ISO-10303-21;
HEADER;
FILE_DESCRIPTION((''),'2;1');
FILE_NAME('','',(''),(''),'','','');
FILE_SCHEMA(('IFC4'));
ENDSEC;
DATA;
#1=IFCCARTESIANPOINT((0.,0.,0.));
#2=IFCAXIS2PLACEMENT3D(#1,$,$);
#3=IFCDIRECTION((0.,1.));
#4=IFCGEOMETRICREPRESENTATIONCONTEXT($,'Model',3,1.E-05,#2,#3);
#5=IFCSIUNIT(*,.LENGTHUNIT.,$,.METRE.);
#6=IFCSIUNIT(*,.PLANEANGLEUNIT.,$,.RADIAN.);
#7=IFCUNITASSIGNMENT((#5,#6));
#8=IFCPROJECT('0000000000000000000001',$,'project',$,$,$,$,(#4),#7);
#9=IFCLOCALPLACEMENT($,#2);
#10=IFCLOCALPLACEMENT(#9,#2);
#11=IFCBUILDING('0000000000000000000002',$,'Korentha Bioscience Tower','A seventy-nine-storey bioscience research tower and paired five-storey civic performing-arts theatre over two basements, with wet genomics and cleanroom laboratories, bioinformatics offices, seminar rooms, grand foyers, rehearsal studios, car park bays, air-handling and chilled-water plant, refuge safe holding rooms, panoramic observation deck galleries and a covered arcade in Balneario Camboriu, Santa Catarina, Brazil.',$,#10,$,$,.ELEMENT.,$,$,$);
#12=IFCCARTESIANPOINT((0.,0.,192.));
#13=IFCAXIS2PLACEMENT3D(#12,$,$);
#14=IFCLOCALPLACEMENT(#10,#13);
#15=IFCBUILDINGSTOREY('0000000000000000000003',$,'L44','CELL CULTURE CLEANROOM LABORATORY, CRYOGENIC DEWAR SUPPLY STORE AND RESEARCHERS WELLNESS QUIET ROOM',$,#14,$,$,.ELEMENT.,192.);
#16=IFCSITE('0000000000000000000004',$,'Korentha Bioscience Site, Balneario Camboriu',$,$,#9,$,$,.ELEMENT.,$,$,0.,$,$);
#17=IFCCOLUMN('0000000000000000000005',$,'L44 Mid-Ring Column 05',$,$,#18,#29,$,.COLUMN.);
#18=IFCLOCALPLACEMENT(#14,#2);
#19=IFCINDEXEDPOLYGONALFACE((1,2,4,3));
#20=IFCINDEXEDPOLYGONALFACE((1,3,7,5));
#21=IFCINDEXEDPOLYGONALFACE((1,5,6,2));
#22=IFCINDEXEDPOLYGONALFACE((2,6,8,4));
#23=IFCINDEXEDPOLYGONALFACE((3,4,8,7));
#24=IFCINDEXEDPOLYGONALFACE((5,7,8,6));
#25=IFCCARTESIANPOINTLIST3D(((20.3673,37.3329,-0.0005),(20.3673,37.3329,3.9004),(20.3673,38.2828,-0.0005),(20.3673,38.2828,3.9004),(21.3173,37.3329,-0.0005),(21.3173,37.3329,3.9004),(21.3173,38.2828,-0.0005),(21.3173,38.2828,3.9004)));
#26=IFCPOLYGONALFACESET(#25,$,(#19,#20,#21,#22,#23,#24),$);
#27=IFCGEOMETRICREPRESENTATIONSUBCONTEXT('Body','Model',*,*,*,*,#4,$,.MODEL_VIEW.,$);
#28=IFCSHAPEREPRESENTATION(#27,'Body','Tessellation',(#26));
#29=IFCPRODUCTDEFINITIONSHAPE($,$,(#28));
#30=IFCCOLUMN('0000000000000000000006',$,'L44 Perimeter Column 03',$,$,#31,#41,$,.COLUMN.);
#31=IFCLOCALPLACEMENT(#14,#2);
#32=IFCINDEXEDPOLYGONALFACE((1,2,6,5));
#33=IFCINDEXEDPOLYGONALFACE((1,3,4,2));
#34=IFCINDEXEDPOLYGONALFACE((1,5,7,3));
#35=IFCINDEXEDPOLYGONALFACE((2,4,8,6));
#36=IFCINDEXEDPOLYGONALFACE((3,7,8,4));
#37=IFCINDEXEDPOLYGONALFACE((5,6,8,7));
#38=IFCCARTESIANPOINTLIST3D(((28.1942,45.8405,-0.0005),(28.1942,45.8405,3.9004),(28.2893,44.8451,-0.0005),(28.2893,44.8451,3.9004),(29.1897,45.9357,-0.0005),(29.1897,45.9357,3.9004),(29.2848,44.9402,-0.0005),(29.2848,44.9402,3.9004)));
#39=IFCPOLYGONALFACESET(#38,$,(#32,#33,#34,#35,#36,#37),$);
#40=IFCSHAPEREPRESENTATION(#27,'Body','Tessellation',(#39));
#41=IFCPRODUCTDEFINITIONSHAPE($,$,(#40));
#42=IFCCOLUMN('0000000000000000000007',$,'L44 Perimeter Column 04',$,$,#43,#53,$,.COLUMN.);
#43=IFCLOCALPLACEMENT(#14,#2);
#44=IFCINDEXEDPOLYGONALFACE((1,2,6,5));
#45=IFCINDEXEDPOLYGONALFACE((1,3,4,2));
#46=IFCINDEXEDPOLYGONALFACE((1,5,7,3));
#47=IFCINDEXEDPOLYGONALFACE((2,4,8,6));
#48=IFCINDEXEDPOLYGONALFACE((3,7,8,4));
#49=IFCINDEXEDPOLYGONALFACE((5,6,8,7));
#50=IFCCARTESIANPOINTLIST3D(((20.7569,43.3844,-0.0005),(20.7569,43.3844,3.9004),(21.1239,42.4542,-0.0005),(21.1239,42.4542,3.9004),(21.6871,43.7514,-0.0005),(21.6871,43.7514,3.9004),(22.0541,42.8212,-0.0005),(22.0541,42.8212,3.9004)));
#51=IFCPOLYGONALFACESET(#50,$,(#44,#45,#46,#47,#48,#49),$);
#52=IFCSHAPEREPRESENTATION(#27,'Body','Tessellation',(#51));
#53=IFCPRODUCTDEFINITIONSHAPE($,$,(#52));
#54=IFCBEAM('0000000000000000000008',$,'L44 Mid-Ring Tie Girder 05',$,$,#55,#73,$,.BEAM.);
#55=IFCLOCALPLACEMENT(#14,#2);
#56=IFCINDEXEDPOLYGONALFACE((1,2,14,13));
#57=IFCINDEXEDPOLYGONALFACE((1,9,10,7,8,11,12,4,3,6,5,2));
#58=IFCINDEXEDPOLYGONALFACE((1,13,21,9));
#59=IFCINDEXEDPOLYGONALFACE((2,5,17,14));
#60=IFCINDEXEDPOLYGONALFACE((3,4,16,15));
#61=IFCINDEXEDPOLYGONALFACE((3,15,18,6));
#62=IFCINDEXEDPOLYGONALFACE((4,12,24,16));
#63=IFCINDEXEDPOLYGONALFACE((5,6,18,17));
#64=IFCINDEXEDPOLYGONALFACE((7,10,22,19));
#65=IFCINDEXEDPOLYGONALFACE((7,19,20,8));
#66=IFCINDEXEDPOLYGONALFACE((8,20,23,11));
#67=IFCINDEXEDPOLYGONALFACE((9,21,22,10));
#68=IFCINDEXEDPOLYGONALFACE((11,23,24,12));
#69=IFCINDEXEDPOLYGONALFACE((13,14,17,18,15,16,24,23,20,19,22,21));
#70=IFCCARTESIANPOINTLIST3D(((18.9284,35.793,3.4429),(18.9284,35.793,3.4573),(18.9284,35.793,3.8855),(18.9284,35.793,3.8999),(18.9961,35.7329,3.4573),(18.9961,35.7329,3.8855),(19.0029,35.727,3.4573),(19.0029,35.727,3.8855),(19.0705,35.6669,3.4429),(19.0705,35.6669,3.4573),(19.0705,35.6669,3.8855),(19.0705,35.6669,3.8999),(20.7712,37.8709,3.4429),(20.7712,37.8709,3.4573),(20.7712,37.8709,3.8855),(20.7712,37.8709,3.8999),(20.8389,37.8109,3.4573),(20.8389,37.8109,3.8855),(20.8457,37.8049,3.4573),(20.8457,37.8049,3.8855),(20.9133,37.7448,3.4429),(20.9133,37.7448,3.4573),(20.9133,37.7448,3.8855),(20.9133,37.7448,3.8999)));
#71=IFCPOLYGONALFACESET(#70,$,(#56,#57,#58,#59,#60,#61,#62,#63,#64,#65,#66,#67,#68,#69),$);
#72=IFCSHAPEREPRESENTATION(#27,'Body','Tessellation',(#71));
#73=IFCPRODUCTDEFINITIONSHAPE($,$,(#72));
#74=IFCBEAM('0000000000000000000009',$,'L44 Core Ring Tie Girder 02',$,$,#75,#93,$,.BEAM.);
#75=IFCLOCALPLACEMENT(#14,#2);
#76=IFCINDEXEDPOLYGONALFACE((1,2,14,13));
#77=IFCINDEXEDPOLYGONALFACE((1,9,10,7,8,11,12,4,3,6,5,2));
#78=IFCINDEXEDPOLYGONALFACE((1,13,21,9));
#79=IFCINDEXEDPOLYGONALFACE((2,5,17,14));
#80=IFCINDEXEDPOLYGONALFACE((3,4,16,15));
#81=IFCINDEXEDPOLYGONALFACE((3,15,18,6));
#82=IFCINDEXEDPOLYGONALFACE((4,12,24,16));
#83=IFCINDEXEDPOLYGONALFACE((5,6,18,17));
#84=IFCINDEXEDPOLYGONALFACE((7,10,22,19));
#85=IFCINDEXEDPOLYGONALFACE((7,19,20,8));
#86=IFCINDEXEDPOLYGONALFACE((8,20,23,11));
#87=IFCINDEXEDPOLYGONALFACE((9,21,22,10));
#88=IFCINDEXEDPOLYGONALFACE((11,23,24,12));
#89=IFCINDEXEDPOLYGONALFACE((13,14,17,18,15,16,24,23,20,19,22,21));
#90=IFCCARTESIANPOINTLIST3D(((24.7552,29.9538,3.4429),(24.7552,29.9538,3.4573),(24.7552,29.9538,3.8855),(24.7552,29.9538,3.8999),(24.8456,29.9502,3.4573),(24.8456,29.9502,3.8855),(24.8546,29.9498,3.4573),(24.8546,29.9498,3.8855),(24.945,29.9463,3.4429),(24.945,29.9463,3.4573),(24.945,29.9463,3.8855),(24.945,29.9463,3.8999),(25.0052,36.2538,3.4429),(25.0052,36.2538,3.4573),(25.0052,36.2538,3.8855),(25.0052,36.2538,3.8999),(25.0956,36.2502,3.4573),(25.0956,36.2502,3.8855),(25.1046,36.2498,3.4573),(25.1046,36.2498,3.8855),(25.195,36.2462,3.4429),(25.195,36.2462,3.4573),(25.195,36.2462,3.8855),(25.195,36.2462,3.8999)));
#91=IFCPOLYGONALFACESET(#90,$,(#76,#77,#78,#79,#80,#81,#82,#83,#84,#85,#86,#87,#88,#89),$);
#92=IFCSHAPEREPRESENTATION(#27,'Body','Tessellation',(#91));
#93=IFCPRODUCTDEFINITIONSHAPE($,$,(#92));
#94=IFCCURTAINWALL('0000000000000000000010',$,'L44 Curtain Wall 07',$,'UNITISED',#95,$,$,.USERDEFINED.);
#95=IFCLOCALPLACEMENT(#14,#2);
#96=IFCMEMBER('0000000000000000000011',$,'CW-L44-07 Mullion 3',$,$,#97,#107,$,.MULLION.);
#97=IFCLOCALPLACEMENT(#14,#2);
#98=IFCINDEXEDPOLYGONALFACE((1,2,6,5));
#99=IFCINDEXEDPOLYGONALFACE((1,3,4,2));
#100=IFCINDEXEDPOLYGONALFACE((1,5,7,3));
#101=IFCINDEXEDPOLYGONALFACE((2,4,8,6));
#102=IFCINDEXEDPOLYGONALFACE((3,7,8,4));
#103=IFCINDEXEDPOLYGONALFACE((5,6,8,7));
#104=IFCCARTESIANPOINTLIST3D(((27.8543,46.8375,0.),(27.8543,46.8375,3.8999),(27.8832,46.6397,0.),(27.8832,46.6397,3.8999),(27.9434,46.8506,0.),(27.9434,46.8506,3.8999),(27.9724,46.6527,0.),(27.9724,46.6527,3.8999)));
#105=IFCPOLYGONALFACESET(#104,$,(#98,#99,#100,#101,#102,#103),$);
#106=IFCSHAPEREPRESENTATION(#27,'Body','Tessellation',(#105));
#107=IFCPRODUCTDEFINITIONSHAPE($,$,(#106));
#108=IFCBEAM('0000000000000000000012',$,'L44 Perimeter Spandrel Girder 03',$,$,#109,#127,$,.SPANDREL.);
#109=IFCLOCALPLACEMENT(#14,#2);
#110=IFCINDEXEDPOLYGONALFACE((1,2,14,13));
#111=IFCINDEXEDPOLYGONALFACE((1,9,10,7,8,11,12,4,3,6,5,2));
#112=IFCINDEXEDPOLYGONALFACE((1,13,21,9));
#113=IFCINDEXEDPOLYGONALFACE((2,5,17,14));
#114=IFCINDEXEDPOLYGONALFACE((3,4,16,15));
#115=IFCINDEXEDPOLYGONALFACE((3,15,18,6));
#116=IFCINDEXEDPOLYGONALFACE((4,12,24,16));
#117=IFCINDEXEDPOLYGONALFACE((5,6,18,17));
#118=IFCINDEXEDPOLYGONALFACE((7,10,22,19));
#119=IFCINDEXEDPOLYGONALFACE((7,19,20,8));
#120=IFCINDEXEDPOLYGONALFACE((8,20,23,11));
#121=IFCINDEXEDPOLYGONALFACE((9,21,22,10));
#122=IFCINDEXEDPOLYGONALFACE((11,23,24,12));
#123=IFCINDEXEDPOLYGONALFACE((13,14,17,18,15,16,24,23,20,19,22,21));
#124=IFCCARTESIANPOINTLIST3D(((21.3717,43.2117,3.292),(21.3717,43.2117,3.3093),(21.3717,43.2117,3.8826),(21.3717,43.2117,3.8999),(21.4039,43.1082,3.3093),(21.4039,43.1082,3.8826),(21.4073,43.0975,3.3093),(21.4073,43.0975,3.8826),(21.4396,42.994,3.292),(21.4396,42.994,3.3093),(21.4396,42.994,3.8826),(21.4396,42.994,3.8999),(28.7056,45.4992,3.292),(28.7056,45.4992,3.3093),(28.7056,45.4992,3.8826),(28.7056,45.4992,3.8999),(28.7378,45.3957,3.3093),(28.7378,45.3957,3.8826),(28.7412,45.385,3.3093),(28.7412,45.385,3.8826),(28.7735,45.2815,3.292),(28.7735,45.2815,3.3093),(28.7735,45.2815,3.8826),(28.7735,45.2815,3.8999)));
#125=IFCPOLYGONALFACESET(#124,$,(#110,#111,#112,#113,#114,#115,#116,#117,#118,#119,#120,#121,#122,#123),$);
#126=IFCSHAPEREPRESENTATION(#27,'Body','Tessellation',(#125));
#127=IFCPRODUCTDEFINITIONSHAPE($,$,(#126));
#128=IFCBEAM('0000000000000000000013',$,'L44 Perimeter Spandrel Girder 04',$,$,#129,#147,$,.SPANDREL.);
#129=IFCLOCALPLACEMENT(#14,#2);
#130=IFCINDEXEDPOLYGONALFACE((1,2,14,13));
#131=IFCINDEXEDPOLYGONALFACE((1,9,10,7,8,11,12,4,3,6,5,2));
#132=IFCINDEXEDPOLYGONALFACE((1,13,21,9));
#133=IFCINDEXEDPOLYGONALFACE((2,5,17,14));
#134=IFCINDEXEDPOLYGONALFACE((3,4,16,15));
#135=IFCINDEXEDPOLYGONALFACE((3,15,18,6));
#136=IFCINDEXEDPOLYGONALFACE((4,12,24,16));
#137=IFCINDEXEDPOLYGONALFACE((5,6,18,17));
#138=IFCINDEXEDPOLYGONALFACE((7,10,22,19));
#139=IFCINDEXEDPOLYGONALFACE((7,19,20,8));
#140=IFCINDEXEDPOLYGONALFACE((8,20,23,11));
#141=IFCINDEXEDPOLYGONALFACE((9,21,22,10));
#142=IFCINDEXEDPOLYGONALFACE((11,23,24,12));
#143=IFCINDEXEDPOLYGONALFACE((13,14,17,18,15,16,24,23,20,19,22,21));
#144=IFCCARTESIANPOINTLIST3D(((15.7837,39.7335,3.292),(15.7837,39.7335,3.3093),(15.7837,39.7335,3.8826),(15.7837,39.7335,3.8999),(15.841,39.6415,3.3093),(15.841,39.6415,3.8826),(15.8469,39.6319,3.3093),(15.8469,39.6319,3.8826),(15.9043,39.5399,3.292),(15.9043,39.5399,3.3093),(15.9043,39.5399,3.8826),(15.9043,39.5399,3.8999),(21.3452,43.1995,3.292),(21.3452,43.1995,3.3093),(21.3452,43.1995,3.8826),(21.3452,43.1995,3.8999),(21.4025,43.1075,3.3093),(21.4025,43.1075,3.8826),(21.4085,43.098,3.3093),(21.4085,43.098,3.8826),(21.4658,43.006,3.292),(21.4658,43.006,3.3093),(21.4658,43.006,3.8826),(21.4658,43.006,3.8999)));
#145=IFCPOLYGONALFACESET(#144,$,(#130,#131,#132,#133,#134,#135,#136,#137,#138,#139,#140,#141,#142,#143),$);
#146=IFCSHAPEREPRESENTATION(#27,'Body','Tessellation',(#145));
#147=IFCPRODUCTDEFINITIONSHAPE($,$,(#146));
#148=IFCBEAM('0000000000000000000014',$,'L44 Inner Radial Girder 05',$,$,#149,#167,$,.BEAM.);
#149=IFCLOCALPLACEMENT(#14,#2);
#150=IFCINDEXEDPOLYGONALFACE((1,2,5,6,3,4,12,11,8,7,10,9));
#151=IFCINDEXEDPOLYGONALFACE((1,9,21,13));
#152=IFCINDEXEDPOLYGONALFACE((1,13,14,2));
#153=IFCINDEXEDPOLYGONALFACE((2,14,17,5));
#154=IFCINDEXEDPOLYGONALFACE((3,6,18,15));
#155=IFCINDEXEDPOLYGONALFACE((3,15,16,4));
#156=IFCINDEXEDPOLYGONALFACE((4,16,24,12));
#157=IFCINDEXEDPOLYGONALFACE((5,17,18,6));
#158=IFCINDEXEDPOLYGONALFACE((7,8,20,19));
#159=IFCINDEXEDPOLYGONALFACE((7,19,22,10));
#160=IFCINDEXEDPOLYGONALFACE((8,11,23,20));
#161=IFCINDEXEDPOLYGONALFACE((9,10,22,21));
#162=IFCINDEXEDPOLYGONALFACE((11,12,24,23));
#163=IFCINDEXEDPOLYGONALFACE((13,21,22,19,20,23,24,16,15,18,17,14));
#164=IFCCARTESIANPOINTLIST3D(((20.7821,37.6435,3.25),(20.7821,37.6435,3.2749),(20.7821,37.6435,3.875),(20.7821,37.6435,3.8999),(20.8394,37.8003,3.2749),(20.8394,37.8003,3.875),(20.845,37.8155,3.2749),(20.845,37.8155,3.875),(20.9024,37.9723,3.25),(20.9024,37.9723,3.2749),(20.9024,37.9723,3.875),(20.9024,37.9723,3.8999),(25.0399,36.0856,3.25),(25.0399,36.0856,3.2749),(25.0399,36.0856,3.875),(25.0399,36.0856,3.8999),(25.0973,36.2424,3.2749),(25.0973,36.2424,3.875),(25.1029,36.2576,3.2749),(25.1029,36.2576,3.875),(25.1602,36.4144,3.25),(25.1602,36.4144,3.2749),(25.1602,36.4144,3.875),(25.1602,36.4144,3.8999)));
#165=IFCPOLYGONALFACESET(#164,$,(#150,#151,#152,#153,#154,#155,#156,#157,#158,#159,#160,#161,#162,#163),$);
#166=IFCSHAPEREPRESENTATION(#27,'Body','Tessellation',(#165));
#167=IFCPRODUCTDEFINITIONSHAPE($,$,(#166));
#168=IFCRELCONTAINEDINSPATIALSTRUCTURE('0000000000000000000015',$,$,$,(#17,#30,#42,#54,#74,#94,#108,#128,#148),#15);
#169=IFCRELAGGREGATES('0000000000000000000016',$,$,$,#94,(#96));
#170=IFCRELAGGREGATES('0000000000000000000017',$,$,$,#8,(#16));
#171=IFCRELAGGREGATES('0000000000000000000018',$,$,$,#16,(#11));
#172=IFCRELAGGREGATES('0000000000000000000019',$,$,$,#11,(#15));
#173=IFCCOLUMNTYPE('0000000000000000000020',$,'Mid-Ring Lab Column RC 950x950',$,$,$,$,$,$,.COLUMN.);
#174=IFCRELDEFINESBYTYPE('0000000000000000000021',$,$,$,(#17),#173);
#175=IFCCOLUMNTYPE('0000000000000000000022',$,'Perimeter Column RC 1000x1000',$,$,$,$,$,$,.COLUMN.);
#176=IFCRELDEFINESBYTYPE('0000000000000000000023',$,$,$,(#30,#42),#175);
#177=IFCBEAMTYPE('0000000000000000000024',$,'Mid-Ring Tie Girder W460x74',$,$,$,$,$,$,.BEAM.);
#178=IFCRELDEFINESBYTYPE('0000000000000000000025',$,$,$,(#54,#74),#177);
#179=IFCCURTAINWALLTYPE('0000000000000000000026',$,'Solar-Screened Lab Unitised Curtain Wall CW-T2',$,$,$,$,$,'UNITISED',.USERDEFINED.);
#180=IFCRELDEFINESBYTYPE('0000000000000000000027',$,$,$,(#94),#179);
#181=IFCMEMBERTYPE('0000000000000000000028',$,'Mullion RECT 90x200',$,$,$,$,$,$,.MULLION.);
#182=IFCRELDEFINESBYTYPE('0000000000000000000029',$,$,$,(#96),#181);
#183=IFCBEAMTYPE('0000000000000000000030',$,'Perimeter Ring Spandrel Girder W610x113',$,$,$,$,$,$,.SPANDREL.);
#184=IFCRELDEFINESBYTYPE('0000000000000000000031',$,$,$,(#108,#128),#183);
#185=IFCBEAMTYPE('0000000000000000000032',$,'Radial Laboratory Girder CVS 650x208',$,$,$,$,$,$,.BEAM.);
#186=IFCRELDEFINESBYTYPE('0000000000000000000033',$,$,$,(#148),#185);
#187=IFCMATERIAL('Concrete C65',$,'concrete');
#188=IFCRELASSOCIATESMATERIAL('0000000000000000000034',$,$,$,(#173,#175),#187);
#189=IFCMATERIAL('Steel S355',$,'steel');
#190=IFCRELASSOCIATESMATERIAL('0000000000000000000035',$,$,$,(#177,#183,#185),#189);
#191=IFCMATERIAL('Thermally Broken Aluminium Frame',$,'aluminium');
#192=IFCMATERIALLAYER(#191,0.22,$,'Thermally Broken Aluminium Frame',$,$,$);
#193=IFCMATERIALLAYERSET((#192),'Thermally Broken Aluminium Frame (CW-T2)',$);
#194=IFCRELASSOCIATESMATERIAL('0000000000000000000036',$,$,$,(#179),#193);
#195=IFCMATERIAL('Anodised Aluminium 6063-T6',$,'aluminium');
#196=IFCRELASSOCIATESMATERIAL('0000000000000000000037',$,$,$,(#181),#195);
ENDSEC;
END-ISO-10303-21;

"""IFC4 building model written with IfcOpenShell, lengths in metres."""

from ifc_helpers import new_model, si_unit, direction, frame, origin, origin_2d, place, context, subcontext, project, spatial, rectangle, i_section, extrude, material, layer, layer_set, material_profile, profile_set, type_object, element, aggregate, save


model = new_model("IFC4")

# Units and contexts
model_context = context("Model", 3, precision=1e-05, world=origin(), true_north=direction((0.0, 1.0)))
body_context = subcontext(model_context, "Body", "Model", "MODEL_VIEW")
ifc_project = project(units=[si_unit("LENGTHUNIT", "METRE"), si_unit("PLANEANGLEUNIT", "RADIAN")], contexts=[model_context])

# Site, building, storey
site_placement = place(None, origin())
site = spatial("IfcSite", under=ifc_project, at=site_placement, Name="Korentha Bioscience Site, Balneario Camboriu", CompositionType="ELEMENT", RefElevation=0.0)
building_placement = place(site_placement, origin())
building = spatial("IfcBuilding", under=site, at=building_placement, Name="Korentha Bioscience Tower", Description="A seventy-nine-storey bioscience research tower and paired five-storey civic performing-arts theatre over two basements, with wet genomics and cleanroom laboratories, bioinformatics offices, seminar rooms, grand foyers, rehearsal studios, car park bays, air-handling and chilled-water plant, refuge safe holding rooms, panoramic observation deck galleries and a covered arcade in Balneario Camboriu, Santa Catarina, Brazil.", CompositionType="ELEMENT")
storey_placement = place(building_placement, frame((0.0, 0.0, 192.0)))
storey = spatial("IfcBuildingStorey", under=building, at=storey_placement, Name="L44", Description="CELL CULTURE CLEANROOM LABORATORY, CRYOGENIC DEWAR SUPPLY STORE AND RESEARCHERS WELLNESS QUIET ROOM", CompositionType="ELEMENT", Elevation=192.0)

# Columns
ifc_material_1 = material(Name="Concrete C65", Category="concrete")
ifc_material_profile_1 = material_profile(ifc_material_1, rectangle(XDim=0.95, YDim=0.95, at=origin_2d()), Name="Concrete C65")
ifc_profile_set_1 = profile_set([ifc_material_profile_1], Name="Concrete C65 (COL-MR09)")
column_type_1 = type_object("IfcColumnType", Name="Mid-Ring Lab Column RC 950x950", PredefinedType="COLUMN", material=ifc_profile_set_1)
column_placement = place(storey_placement, frame((20.8423, 37.8079, -0.0005), z_axis=(0.0, 0.0, 1.0), x_axis=(1.0, 0.0, 0.0)))
element("IfcColumn", 1, at=column_placement, inside=storey, type_object=column_type_1, Name="L44 Mid-Ring Column 05", PredefinedType="COLUMN", context=body_context, shape_type="SweptSolid", body=[
    extrude(rectangle(XDim=0.95, YDim=0.95, at=origin_2d()), origin(), (0.0, 0.0, 1.0), 3.9009),
])
ifc_material_profile_2 = material_profile(ifc_material_1, rectangle(XDim=1.0, YDim=1.0, at=origin_2d()), Name="Concrete C65")
ifc_profile_set_2 = profile_set([ifc_material_profile_2], Name="Concrete C65 (COL-P10)")
column_type_2 = type_object("IfcColumnType", Name="Perimeter Column RC 1000x1000", PredefinedType="COLUMN", material=ifc_profile_set_2)
for number, where, z_axis, x_axis, name in (
    (2, (28.7395, 45.3904, -0.0005), (0.0, 0.0, 1.0), (0.995463, 0.095151, 0.0), "L44 Perimeter Column 03"),
    (3, (21.4055, 43.1028, -0.0005), (0.0, 0.0, 1.0), (0.930226, 0.366988, 0.0), "L44 Perimeter Column 04"),
):
    element("IfcColumn", number, at=place(storey_placement, frame(where, z_axis=z_axis, x_axis=x_axis)), inside=storey, type_object=column_type_2, Name=name, PredefinedType="COLUMN", context=body_context, shape_type="SweptSolid", body=[
        extrude(rectangle(XDim=1.0, YDim=1.0, at=origin_2d()), origin(), (0.0, 0.0, 1.0), 3.9009),
    ])

# Beams
ifc_material_2 = material(Name="Steel S355", Category="steel")
ifc_material_profile_3 = material_profile(ifc_material_2, i_section(OverallWidth=0.1899, OverallDepth=0.457, WebThickness=0.009, FlangeThickness=0.0144, at=origin_2d()), Name="Steel S355")
ifc_profile_set_3 = profile_set([ifc_material_profile_3], Name="Steel S355 (MB-460)")
beam_type_1 = type_object("IfcBeamType", Name="Mid-Ring Tie Girder W460x74", PredefinedType="BEAM", material=ifc_profile_set_3)
beam_1_placement = place(storey_placement, frame((20.8423, 37.8079, 3.6714), z_axis=(-0.663512, -0.748165, 0.0), x_axis=(0.748165, -0.663512, 0.0)))
element("IfcBeam", 4, at=beam_1_placement, inside=storey, type_object=beam_type_1, Name="L44 Mid-Ring Tie Girder 05", PredefinedType="BEAM", context=body_context, shape_type="SweptSolid", body=[
    extrude(i_section(OverallWidth=0.1899, OverallDepth=0.457, WebThickness=0.009, FlangeThickness=0.0144, at=origin_2d()), origin(), (0.0, 0.0, 1.0), 2.7773),
])
beam_2_placement = place(storey_placement, frame((25.1001, 36.25, 3.6714), z_axis=(-0.039651, -0.999214, 0.0), x_axis=(0.999214, -0.039651, 0.0)))
element("IfcBeam", 5, at=beam_2_placement, inside=storey, type_object=beam_type_1, Name="L44 Core Ring Tie Girder 02", PredefinedType="BEAM", context=body_context, shape_type="SweptSolid", body=[
    extrude(i_section(OverallWidth=0.1899, OverallDepth=0.457, WebThickness=0.009, FlangeThickness=0.0144, at=origin_2d()), origin(), (0.0, 0.0, 1.0), 6.3049),
])

# Curtain wall, member
ifc_material_3 = material(Name="Thermally Broken Aluminium Frame", Category="aluminium")
ifc_layer_1 = layer(ifc_material_3, 0.22, Name="Thermally Broken Aluminium Frame")
ifc_layer_set_1 = layer_set([ifc_layer_1], Name="Thermally Broken Aluminium Frame (CW-T2)")
curtain_wall_type = type_object("IfcCurtainWallType", Name="Solar-Screened Lab Unitised Curtain Wall CW-T2", ElementType="UNITISED", PredefinedType="USERDEFINED", material=ifc_layer_set_1)
curtain_wall_placement = place(storey_placement, origin())
curtain_wall = element("IfcCurtainWall", 6, at=curtain_wall_placement, inside=storey, type_object=curtain_wall_type, Name="L44 Curtain Wall 07", ObjectType="UNITISED", PredefinedType="USERDEFINED")
ifc_material_4 = material(Name="Anodised Aluminium 6063-T6", Category="aluminium")
ifc_material_profile_4 = material_profile(ifc_material_4, rectangle(XDim=0.0901, YDim=0.2, at=origin_2d()), Name="Anodised Aluminium 6063-T6")
ifc_profile_set_4 = profile_set([ifc_material_profile_4], Name="Anodised Aluminium 6063-T6 (CW-MUL)")
member_type_1 = type_object("IfcMemberType", Name="Mullion RECT 90x200", PredefinedType="MULLION", material=ifc_profile_set_4)
member_1_placement = place(storey_placement, frame((27.9133, 46.7451, 0.0), z_axis=(0.0, 0.0, 1.0), x_axis=(-0.989462, -0.144793, 0.0)))
member_1 = element("IfcMember", 7, at=member_1_placement, type_object=member_type_1, Name="CW-L44-07 Mullion 3", PredefinedType="MULLION", context=body_context, shape_type="SweptSolid", body=[
    extrude(rectangle(XDim=0.0901, YDim=0.2, at=origin_2d()), origin(), (0.0, 0.0, 1.0), 3.8999),
])

# Beams
ifc_material_profile_5 = material_profile(ifc_material_2, i_section(OverallWidth=0.228, OverallDepth=0.6079, WebThickness=0.0112, FlangeThickness=0.0173, at=origin_2d()), Name="Steel S355")
ifc_profile_set_5 = profile_set([ifc_material_profile_5], Name="Steel S355 (SB-610)")
beam_type_2 = type_object("IfcBeamType", Name="Perimeter Ring Spandrel Girder W610x113", PredefinedType="SPANDREL", material=ifc_profile_set_5)
beam_3_placement = place(storey_placement, frame((28.7395, 45.3904, 3.5959), z_axis=(-0.954638, -0.297768, 0.0), x_axis=(0.297768, -0.954638, 0.0)))
element("IfcBeam", 8, at=beam_3_placement, inside=storey, type_object=beam_type_2, Name="L44 Perimeter Spandrel Girder 03", PredefinedType="SPANDREL", context=body_context, shape_type="SweptSolid", body=[
    extrude(i_section(OverallWidth=0.228, OverallDepth=0.6079, WebThickness=0.0112, FlangeThickness=0.0173, at=origin_2d()), origin(), (0.0, 0.0, 1.0), 7.6824),
])
beam_4_placement = place(storey_placement, frame((21.4055, 43.1028, 3.5959), z_axis=(-0.848676, -0.528913, 0.0), x_axis=(0.528913, -0.848676, 0.0)))
element("IfcBeam", 9, at=beam_4_placement, inside=storey, type_object=beam_type_2, Name="L44 Perimeter Spandrel Girder 04", PredefinedType="SPANDREL", context=body_context, shape_type="SweptSolid", body=[
    extrude(i_section(OverallWidth=0.228, OverallDepth=0.6079, WebThickness=0.0112, FlangeThickness=0.0173, at=origin_2d()), origin(), (0.0, 0.0, 1.0), 6.5532),
])
ifc_material_profile_6 = material_profile(ifc_material_2, i_section(OverallWidth=0.3501, OverallDepth=0.6499, WebThickness=0.0161, FlangeThickness=0.0249, at=origin_2d()), Name="Steel S355")
ifc_profile_set_6 = profile_set([ifc_material_profile_6], Name="Steel S355 (RB-650)")
beam_type_3 = type_object("IfcBeamType", Name="Radial Laboratory Girder CVS 650x208", PredefinedType="BEAM", material=ifc_profile_set_6)
beam_5_placement = place(storey_placement, frame((25.1001, 36.25, 3.575), z_axis=(-0.939114, 0.343606, 0.0), x_axis=(-0.343606, -0.939114, 0.0)))
element("IfcBeam", 10, at=beam_5_placement, inside=storey, type_object=beam_type_3, Name="L44 Inner Radial Girder 05", PredefinedType="BEAM", context=body_context, shape_type="SweptSolid", body=[
    extrude(i_section(OverallWidth=0.3501, OverallDepth=0.6499, WebThickness=0.0161, FlangeThickness=0.0249, at=origin_2d()), origin(), (0.0, 0.0, 1.0), 4.5339),
])

aggregate(curtain_wall, [member_1])

save(model, "model.ifc")
